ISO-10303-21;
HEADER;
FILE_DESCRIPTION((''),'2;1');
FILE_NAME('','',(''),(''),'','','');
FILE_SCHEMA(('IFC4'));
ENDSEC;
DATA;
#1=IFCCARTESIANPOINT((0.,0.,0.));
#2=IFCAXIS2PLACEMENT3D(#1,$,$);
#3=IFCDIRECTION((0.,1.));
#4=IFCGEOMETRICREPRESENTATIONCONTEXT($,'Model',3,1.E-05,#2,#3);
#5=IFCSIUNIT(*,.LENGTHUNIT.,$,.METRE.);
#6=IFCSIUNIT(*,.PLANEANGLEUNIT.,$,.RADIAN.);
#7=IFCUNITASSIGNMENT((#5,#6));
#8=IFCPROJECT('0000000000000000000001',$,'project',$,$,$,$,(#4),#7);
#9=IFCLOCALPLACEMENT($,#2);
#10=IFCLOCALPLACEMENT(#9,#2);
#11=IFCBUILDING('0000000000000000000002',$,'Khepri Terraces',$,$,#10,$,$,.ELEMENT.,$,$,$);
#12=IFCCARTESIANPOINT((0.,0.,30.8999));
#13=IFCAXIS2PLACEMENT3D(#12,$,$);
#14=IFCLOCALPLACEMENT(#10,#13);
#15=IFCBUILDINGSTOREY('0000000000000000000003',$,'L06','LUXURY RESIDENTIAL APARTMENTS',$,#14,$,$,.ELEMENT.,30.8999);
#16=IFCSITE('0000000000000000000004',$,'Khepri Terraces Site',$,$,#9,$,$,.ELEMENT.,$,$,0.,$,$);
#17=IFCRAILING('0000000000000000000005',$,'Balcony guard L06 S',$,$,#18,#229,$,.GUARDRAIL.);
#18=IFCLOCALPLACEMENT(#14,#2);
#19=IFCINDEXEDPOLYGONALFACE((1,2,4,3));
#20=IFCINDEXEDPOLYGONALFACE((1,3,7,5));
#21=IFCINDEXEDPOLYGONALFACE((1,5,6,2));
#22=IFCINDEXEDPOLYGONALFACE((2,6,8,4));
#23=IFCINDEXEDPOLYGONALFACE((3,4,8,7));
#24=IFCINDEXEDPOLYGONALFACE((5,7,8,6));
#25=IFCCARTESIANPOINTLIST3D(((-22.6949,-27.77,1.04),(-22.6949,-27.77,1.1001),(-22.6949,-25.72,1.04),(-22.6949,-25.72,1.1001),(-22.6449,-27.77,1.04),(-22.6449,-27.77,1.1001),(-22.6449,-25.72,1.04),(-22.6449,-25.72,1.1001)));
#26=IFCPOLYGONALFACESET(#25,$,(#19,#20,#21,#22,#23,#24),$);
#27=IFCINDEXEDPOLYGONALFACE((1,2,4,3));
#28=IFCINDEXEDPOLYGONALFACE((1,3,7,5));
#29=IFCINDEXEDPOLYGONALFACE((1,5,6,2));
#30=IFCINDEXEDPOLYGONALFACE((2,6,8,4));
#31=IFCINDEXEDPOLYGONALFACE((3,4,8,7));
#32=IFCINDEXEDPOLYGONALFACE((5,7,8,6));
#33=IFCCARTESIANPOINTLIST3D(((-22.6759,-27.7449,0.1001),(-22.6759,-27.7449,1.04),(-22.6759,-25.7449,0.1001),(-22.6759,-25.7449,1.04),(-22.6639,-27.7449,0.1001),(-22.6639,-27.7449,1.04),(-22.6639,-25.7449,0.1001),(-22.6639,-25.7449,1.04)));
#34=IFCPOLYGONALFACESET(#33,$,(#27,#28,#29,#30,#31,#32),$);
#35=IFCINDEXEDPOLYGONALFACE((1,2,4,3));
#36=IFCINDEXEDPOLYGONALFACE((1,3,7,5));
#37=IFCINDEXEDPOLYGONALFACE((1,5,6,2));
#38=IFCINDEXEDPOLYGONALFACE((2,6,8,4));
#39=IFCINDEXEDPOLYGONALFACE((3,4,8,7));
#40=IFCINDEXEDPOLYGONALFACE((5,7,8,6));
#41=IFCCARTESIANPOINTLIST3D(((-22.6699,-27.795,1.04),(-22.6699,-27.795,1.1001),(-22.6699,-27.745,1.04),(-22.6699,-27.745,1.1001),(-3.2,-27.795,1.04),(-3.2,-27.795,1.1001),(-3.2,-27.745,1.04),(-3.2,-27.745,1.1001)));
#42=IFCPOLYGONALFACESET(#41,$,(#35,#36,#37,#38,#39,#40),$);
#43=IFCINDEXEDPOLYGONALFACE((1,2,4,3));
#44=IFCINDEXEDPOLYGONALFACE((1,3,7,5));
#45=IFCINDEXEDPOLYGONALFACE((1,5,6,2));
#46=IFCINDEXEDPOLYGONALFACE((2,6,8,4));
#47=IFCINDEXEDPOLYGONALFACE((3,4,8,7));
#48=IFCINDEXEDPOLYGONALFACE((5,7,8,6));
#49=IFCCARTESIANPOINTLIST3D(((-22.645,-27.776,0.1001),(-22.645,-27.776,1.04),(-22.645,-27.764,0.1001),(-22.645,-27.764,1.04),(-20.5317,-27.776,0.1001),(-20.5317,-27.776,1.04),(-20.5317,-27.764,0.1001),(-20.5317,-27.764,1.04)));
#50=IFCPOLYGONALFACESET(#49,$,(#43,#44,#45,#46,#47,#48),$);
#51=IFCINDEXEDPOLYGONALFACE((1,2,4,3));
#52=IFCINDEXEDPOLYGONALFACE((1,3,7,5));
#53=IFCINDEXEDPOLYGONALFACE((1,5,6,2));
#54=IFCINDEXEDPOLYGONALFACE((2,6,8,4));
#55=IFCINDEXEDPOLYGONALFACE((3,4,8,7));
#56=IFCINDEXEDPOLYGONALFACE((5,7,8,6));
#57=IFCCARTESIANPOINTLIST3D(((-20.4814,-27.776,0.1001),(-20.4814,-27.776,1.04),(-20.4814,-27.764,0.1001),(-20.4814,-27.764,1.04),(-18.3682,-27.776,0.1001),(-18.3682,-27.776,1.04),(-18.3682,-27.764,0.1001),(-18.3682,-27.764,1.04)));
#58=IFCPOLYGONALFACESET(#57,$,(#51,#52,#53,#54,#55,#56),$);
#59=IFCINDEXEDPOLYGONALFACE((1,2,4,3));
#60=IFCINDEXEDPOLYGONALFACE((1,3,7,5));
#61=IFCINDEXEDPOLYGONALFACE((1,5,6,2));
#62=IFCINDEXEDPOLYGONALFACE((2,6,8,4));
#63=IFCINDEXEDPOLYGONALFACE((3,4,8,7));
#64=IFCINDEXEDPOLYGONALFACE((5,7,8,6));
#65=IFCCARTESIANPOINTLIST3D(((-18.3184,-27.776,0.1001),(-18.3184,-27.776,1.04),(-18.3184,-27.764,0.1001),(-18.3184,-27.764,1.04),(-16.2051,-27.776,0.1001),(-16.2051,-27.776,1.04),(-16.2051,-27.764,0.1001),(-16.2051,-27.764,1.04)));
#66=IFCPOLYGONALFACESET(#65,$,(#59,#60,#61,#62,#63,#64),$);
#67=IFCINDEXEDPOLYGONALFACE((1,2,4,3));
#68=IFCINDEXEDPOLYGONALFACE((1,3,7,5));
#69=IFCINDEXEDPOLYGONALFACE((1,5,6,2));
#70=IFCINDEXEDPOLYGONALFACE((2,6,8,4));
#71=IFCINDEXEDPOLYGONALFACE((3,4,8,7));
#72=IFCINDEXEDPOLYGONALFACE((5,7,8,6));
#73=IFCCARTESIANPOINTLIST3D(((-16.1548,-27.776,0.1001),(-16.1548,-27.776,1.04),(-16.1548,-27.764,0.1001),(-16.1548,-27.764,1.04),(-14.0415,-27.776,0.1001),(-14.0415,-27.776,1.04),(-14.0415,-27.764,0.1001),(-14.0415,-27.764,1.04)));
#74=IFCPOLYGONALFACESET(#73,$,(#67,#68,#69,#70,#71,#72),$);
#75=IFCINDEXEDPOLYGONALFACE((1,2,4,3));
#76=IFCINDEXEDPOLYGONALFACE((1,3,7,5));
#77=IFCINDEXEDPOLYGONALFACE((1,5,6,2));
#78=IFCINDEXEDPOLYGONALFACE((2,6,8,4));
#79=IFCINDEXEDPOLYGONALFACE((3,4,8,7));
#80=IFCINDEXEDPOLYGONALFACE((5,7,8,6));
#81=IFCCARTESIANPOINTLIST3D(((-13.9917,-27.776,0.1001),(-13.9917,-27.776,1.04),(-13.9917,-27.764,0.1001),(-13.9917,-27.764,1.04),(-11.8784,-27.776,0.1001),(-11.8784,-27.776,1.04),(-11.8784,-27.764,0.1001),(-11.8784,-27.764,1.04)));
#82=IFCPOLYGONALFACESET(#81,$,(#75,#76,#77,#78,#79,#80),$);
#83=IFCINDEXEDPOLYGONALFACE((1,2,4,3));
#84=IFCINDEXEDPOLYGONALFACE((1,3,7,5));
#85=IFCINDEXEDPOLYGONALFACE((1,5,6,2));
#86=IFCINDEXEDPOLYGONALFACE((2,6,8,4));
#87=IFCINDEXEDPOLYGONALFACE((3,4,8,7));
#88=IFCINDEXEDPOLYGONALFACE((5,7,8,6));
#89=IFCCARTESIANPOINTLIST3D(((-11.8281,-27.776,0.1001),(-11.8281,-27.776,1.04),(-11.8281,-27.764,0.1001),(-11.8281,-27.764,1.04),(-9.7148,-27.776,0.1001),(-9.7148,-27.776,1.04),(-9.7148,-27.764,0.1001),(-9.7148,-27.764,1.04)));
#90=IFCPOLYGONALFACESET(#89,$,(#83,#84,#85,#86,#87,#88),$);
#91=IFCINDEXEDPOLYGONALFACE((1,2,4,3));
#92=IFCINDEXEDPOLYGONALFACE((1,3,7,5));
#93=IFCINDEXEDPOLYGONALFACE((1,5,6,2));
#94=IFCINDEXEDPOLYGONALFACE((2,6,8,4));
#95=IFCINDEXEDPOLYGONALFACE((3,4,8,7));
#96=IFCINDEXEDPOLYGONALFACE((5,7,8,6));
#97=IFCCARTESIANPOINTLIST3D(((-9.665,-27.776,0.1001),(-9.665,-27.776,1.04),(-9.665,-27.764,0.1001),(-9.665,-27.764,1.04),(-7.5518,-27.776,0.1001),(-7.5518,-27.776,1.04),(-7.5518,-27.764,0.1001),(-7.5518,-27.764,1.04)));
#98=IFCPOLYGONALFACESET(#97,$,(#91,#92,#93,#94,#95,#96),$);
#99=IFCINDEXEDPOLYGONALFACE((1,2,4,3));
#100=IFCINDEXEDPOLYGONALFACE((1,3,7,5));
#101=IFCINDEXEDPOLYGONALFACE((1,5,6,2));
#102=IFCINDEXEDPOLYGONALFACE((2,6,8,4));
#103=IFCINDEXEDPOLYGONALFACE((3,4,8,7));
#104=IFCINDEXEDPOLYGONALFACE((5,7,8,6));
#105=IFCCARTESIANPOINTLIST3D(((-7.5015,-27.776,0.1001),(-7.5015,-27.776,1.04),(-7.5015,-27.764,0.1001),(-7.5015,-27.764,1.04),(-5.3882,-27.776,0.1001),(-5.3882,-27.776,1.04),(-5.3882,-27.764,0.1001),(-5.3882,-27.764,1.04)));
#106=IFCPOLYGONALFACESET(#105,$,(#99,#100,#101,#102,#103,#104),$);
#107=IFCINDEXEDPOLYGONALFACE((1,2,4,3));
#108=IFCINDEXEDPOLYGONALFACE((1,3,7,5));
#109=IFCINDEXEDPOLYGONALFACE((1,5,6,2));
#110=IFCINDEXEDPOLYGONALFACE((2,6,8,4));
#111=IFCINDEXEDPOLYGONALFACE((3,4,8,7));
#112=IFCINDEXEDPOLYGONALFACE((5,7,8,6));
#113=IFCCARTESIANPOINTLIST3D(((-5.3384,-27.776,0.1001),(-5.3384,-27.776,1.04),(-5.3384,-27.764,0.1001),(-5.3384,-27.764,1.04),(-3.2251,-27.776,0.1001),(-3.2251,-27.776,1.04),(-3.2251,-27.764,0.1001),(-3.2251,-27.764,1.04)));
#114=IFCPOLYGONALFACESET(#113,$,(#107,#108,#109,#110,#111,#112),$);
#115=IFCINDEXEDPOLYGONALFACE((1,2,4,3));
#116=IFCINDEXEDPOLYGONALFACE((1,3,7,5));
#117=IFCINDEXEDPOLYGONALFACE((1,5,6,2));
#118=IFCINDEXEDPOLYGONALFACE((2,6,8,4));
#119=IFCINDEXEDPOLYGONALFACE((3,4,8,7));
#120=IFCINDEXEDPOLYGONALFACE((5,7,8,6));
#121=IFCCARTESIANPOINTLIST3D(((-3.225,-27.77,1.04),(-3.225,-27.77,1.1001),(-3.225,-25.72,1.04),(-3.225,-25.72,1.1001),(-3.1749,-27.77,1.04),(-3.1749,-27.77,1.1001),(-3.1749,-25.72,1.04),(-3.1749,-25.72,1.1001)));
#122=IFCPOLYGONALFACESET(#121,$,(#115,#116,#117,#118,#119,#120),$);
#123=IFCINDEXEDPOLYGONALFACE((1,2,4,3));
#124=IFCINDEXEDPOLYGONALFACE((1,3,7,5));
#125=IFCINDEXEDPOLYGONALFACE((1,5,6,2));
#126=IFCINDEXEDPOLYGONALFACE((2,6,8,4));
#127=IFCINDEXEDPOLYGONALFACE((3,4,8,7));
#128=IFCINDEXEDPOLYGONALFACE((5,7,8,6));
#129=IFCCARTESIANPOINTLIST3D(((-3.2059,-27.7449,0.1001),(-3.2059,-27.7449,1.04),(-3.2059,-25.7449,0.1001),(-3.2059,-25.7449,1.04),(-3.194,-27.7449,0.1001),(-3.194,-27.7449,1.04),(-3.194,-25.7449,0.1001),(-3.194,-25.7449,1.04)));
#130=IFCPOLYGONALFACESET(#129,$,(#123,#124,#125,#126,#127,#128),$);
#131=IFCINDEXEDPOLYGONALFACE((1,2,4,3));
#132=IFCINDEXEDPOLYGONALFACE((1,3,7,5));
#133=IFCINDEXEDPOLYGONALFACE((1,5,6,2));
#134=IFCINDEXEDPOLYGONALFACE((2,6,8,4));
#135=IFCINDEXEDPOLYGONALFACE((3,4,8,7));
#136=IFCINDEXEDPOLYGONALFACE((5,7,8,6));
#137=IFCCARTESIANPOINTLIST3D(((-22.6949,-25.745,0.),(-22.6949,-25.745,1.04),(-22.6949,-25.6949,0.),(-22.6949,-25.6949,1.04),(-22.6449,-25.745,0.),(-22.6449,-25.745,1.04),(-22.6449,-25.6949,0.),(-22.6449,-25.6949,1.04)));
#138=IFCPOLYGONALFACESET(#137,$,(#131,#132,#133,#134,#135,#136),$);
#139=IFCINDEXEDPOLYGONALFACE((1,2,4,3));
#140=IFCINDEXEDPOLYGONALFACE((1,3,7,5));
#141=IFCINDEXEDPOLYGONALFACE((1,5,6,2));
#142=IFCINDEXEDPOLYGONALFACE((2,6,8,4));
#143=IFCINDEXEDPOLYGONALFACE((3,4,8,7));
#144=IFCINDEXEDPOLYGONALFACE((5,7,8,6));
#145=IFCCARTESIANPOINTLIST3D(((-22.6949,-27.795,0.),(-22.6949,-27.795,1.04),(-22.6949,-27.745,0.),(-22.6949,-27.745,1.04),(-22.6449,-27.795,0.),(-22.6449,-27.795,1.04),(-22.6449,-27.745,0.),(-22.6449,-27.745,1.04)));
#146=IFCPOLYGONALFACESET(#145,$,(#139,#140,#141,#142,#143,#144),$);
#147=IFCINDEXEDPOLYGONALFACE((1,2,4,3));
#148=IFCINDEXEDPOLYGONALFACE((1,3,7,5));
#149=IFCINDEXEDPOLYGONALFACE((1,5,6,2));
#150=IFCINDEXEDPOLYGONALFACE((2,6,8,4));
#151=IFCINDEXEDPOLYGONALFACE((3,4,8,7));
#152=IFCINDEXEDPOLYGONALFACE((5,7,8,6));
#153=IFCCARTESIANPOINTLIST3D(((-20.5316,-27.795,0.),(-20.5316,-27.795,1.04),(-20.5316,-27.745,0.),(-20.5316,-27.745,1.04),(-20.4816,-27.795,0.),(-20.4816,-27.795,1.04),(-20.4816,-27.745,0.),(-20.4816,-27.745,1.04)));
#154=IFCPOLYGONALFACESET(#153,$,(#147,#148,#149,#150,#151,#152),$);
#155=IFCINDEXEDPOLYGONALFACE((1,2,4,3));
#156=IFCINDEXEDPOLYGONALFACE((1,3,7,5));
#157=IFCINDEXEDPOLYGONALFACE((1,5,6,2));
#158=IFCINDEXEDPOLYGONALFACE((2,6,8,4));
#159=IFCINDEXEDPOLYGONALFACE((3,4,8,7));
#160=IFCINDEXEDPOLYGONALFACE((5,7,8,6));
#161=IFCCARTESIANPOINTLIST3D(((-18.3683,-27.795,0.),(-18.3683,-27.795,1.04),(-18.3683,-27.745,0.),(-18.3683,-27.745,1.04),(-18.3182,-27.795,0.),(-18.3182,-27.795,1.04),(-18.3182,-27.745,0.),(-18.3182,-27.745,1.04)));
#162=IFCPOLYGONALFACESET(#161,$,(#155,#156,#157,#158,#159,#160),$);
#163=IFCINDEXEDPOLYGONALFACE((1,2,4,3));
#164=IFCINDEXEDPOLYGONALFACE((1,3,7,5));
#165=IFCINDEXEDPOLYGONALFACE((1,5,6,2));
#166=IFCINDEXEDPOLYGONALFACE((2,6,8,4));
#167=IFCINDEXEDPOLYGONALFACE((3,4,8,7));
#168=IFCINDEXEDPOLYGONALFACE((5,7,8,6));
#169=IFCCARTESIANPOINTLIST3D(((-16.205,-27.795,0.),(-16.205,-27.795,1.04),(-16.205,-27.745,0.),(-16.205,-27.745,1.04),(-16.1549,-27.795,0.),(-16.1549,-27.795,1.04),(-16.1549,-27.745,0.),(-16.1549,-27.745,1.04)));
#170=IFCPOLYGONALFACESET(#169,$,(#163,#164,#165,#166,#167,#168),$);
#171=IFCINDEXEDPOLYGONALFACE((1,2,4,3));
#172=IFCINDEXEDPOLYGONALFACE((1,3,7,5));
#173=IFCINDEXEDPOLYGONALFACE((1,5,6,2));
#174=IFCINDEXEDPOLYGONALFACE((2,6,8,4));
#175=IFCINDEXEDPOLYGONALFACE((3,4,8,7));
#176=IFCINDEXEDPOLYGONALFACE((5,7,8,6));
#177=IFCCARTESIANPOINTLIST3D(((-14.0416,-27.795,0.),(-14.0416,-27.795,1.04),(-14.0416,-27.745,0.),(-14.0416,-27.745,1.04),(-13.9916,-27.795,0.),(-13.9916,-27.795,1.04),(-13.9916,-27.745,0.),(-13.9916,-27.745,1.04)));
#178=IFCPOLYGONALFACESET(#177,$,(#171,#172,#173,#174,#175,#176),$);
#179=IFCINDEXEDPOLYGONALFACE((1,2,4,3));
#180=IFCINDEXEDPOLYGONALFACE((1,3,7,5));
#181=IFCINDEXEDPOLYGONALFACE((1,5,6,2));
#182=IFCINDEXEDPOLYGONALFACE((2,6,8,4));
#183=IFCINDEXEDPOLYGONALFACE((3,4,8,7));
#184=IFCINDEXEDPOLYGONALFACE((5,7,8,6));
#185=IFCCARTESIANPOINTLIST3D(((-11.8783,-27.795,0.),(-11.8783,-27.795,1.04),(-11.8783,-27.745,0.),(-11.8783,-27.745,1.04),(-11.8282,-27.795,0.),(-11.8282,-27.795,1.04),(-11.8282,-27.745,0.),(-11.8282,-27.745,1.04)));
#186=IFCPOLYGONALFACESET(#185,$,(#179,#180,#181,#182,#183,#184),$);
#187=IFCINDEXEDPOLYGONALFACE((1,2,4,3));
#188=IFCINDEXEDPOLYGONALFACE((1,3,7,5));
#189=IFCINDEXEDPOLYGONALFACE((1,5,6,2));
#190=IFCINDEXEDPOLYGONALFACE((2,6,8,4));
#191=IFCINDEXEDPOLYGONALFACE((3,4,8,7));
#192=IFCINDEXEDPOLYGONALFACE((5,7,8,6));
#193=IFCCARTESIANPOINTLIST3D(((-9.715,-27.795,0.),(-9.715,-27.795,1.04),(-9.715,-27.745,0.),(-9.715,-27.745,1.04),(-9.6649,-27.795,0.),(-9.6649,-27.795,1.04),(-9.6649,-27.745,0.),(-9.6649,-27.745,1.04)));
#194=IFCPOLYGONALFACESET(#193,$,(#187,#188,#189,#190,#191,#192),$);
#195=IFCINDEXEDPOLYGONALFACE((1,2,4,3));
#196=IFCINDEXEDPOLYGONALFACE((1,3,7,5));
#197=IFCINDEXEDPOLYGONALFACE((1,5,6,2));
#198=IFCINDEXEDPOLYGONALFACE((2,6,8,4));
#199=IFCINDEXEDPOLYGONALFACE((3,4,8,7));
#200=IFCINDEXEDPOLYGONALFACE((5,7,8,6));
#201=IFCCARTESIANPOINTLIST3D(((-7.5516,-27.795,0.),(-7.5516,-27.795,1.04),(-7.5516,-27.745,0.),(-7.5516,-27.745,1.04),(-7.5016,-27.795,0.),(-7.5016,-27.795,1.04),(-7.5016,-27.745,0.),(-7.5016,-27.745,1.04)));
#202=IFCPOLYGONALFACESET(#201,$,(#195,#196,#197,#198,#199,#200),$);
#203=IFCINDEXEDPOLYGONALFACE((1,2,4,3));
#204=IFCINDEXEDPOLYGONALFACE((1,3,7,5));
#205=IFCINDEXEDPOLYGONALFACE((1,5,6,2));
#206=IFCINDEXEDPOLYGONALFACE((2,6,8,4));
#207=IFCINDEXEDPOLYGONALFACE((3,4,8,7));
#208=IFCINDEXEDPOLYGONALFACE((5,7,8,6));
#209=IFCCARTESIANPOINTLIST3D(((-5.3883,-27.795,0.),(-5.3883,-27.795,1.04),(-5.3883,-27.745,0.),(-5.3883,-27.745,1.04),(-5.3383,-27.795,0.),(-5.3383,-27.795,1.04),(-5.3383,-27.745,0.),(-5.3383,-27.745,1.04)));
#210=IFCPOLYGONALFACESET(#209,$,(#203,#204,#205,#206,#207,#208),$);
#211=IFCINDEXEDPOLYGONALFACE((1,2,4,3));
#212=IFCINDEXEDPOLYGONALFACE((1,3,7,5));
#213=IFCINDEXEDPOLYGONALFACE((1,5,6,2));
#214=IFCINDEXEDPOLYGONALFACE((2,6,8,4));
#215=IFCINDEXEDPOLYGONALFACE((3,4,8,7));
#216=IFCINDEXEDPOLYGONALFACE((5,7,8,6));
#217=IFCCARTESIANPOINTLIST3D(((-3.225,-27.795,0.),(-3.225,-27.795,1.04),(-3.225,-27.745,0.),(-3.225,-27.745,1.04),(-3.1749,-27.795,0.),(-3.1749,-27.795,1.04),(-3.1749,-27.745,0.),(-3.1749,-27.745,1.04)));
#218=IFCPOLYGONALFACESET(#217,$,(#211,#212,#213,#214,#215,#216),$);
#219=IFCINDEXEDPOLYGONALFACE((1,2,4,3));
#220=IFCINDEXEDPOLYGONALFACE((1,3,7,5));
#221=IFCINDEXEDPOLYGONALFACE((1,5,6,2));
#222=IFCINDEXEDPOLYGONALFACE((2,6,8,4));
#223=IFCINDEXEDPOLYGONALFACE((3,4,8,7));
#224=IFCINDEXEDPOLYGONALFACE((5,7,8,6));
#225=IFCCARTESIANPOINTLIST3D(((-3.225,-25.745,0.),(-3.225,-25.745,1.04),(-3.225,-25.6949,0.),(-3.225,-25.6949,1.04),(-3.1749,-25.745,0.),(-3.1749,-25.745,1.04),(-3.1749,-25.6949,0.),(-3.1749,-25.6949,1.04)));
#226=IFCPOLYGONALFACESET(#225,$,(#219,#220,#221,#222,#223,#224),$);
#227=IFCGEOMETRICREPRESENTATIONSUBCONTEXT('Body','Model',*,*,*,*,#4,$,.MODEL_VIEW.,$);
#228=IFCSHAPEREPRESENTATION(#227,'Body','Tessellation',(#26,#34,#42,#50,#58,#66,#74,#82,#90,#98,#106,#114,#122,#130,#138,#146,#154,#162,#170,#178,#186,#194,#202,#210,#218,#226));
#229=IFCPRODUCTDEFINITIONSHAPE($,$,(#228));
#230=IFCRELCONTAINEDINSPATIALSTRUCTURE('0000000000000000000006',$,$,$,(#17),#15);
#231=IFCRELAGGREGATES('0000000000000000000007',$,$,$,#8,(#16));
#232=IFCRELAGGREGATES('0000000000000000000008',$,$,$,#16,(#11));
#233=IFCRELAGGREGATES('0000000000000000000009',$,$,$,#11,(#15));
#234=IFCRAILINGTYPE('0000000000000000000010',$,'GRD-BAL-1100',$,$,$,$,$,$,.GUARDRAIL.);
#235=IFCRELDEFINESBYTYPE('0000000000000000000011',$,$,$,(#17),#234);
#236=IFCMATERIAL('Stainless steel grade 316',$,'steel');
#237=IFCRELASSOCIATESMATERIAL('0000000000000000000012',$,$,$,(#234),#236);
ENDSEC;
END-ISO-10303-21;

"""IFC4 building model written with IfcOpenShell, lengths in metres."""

from ifc_helpers import new_model, si_unit, direction, frame, origin, origin_2d, place, context, subcontext, project, spatial, rectangle, extrude, material, type_object, element, save


model = new_model("IFC4")

# Units and contexts
model_context = context("Model", 3, precision=1e-05, world=origin(), true_north=direction((0.0, 1.0)))
body_context = subcontext(model_context, "Body", "Model", "MODEL_VIEW")
ifc_project = project(units=[si_unit("LENGTHUNIT", "METRE"), si_unit("PLANEANGLEUNIT", "RADIAN")], contexts=[model_context])

# Site, building, storey
site_placement = place(None, origin())
site = spatial("IfcSite", under=ifc_project, at=site_placement, Name="Khepri Terraces Site", CompositionType="ELEMENT", RefElevation=0.0)
building_placement = place(site_placement, origin())
building = spatial("IfcBuilding", under=site, at=building_placement, Name="Khepri Terraces", CompositionType="ELEMENT")
storey_placement = place(building_placement, frame((0.0, 0.0, 30.8999)))
storey = spatial("IfcBuildingStorey", under=building, at=storey_placement, Name="L06", Description="LUXURY RESIDENTIAL APARTMENTS", CompositionType="ELEMENT", Elevation=30.8999)

# Railing
ifc_material_1 = material(Name="Stainless steel grade 316", Category="steel")
railing_type = type_object("IfcRailingType", Name="GRD-BAL-1100", PredefinedType="GUARDRAIL", material=ifc_material_1)
railing_placement = place(storey_placement, frame((-22.6699, -25.72, 0.0)))
element("IfcRailing", 1, at=railing_placement, inside=storey, type_object=railing_type, Name="Balcony guard L06 S", PredefinedType="GUARDRAIL", context=body_context, shape_type="SweptSolid", body=[
    extrude(rectangle(XDim=0.05, YDim=0.0601, at=origin_2d()), frame((0.0, 0.0, 1.0701), z_axis=(0.0, -1.0, 0.0), x_axis=(1.0, 0.0, 0.0)), (0.0, 0.0, 1.0), 2.05),
    extrude(rectangle(XDim=2.0, YDim=0.012, at=origin_2d()), frame((0.0, -1.0249, 0.1001), z_axis=(0.0, 0.0, 1.0), x_axis=(0.0, -1.0, 0.0)), (0.0, 0.0, 1.0), 0.9399),
    extrude(rectangle(XDim=0.05, YDim=0.0601, at=origin_2d()), frame((0.0, -2.05, 1.0701), z_axis=(1.0, 0.0, 0.0), x_axis=(0.0, 1.0, 0.0)), (0.0, 0.0, 1.0), 19.47),
    extrude(rectangle(XDim=2.1133, YDim=0.012, at=origin_2d()), frame((1.0815, -2.05, 0.1001), z_axis=(0.0, 0.0, 1.0), x_axis=(1.0, 0.0, 0.0)), (0.0, 0.0, 1.0), 0.9399),
    extrude(rectangle(XDim=2.1133, YDim=0.012, at=origin_2d()), frame((3.2451, -2.05, 0.1001), z_axis=(0.0, 0.0, 1.0), x_axis=(1.0, 0.0, 0.0)), (0.0, 0.0, 1.0), 0.9399),
    extrude(rectangle(XDim=2.1133, YDim=0.012, at=origin_2d()), frame((5.4082, -2.05, 0.1001), z_axis=(0.0, 0.0, 1.0), x_axis=(1.0, 0.0, 0.0)), (0.0, 0.0, 1.0), 0.9399),
    extrude(rectangle(XDim=2.1133, YDim=0.012, at=origin_2d()), frame((7.5718, -2.05, 0.1001), z_axis=(0.0, 0.0, 1.0), x_axis=(1.0, 0.0, 0.0)), (0.0, 0.0, 1.0), 0.9399),
    extrude(rectangle(XDim=2.1133, YDim=0.012, at=origin_2d()), frame((9.7349, -2.05, 0.1001), z_axis=(0.0, 0.0, 1.0), x_axis=(1.0, 0.0, 0.0)), (0.0, 0.0, 1.0), 0.9399),
    extrude(rectangle(XDim=2.1133, YDim=0.012, at=origin_2d()), frame((11.8984, -2.05, 0.1001), z_axis=(0.0, 0.0, 1.0), x_axis=(1.0, 0.0, 0.0)), (0.0, 0.0, 1.0), 0.9399),
    extrude(rectangle(XDim=2.1133, YDim=0.012, at=origin_2d()), frame((14.0615, -2.05, 0.1001), z_axis=(0.0, 0.0, 1.0), x_axis=(1.0, 0.0, 0.0)), (0.0, 0.0, 1.0), 0.9399),
    extrude(rectangle(XDim=2.1133, YDim=0.012, at=origin_2d()), frame((16.2251, -2.05, 0.1001), z_axis=(0.0, 0.0, 1.0), x_axis=(1.0, 0.0, 0.0)), (0.0, 0.0, 1.0), 0.9399),
    extrude(rectangle(XDim=2.1133, YDim=0.012, at=origin_2d()), frame((18.3882, -2.05, 0.1001), z_axis=(0.0, 0.0, 1.0), x_axis=(1.0, 0.0, 0.0)), (0.0, 0.0, 1.0), 0.9399),
    extrude(rectangle(XDim=0.05, YDim=0.0601, at=origin_2d()), frame((19.47, -2.05, 1.0701), z_axis=(0.0, 1.0, 0.0), x_axis=(-1.0, 0.0, 0.0)), (0.0, 0.0, 1.0), 2.05),
    extrude(rectangle(XDim=2.0, YDim=0.012, at=origin_2d()), frame((19.47, -1.0249, 0.1001), z_axis=(0.0, 0.0, 1.0), x_axis=(0.0, 1.0, 0.0)), (0.0, 0.0, 1.0), 0.9399),
    extrude(rectangle(XDim=0.05, YDim=0.05, at=origin_2d()), origin(), (0.0, 0.0, 1.0), 1.04),
    extrude(rectangle(XDim=0.05, YDim=0.05, at=origin_2d()), frame((0.0, -2.05, 0.0)), (0.0, 0.0, 1.0), 1.04),
    extrude(rectangle(XDim=0.05, YDim=0.05, at=origin_2d()), frame((2.1633, -2.05, 0.0)), (0.0, 0.0, 1.0), 1.04),
    extrude(rectangle(XDim=0.05, YDim=0.05, at=origin_2d()), frame((4.3267, -2.05, 0.0)), (0.0, 0.0, 1.0), 1.04),
    extrude(rectangle(XDim=0.05, YDim=0.05, at=origin_2d()), frame((6.49, -2.05, 0.0)), (0.0, 0.0, 1.0), 1.04),
    extrude(rectangle(XDim=0.05, YDim=0.05, at=origin_2d()), frame((8.6533, -2.05, 0.0)), (0.0, 0.0, 1.0), 1.04),
    extrude(rectangle(XDim=0.05, YDim=0.05, at=origin_2d()), frame((10.8167, -2.05, 0.0)), (0.0, 0.0, 1.0), 1.04),
    extrude(rectangle(XDim=0.05, YDim=0.05, at=origin_2d()), frame((12.98, -2.05, 0.0)), (0.0, 0.0, 1.0), 1.04),
    extrude(rectangle(XDim=0.05, YDim=0.05, at=origin_2d()), frame((15.1433, -2.05, 0.0)), (0.0, 0.0, 1.0), 1.04),
    extrude(rectangle(XDim=0.05, YDim=0.05, at=origin_2d()), frame((17.3066, -2.05, 0.0)), (0.0, 0.0, 1.0), 1.04),
    extrude(rectangle(XDim=0.05, YDim=0.05, at=origin_2d()), frame((19.47, -2.05, 0.0)), (0.0, 0.0, 1.0), 1.04),
    extrude(rectangle(XDim=0.05, YDim=0.05, at=origin_2d()), frame((19.47, 0.0, 0.0)), (0.0, 0.0, 1.0), 1.04),
])

save(model, "model.ifc")
